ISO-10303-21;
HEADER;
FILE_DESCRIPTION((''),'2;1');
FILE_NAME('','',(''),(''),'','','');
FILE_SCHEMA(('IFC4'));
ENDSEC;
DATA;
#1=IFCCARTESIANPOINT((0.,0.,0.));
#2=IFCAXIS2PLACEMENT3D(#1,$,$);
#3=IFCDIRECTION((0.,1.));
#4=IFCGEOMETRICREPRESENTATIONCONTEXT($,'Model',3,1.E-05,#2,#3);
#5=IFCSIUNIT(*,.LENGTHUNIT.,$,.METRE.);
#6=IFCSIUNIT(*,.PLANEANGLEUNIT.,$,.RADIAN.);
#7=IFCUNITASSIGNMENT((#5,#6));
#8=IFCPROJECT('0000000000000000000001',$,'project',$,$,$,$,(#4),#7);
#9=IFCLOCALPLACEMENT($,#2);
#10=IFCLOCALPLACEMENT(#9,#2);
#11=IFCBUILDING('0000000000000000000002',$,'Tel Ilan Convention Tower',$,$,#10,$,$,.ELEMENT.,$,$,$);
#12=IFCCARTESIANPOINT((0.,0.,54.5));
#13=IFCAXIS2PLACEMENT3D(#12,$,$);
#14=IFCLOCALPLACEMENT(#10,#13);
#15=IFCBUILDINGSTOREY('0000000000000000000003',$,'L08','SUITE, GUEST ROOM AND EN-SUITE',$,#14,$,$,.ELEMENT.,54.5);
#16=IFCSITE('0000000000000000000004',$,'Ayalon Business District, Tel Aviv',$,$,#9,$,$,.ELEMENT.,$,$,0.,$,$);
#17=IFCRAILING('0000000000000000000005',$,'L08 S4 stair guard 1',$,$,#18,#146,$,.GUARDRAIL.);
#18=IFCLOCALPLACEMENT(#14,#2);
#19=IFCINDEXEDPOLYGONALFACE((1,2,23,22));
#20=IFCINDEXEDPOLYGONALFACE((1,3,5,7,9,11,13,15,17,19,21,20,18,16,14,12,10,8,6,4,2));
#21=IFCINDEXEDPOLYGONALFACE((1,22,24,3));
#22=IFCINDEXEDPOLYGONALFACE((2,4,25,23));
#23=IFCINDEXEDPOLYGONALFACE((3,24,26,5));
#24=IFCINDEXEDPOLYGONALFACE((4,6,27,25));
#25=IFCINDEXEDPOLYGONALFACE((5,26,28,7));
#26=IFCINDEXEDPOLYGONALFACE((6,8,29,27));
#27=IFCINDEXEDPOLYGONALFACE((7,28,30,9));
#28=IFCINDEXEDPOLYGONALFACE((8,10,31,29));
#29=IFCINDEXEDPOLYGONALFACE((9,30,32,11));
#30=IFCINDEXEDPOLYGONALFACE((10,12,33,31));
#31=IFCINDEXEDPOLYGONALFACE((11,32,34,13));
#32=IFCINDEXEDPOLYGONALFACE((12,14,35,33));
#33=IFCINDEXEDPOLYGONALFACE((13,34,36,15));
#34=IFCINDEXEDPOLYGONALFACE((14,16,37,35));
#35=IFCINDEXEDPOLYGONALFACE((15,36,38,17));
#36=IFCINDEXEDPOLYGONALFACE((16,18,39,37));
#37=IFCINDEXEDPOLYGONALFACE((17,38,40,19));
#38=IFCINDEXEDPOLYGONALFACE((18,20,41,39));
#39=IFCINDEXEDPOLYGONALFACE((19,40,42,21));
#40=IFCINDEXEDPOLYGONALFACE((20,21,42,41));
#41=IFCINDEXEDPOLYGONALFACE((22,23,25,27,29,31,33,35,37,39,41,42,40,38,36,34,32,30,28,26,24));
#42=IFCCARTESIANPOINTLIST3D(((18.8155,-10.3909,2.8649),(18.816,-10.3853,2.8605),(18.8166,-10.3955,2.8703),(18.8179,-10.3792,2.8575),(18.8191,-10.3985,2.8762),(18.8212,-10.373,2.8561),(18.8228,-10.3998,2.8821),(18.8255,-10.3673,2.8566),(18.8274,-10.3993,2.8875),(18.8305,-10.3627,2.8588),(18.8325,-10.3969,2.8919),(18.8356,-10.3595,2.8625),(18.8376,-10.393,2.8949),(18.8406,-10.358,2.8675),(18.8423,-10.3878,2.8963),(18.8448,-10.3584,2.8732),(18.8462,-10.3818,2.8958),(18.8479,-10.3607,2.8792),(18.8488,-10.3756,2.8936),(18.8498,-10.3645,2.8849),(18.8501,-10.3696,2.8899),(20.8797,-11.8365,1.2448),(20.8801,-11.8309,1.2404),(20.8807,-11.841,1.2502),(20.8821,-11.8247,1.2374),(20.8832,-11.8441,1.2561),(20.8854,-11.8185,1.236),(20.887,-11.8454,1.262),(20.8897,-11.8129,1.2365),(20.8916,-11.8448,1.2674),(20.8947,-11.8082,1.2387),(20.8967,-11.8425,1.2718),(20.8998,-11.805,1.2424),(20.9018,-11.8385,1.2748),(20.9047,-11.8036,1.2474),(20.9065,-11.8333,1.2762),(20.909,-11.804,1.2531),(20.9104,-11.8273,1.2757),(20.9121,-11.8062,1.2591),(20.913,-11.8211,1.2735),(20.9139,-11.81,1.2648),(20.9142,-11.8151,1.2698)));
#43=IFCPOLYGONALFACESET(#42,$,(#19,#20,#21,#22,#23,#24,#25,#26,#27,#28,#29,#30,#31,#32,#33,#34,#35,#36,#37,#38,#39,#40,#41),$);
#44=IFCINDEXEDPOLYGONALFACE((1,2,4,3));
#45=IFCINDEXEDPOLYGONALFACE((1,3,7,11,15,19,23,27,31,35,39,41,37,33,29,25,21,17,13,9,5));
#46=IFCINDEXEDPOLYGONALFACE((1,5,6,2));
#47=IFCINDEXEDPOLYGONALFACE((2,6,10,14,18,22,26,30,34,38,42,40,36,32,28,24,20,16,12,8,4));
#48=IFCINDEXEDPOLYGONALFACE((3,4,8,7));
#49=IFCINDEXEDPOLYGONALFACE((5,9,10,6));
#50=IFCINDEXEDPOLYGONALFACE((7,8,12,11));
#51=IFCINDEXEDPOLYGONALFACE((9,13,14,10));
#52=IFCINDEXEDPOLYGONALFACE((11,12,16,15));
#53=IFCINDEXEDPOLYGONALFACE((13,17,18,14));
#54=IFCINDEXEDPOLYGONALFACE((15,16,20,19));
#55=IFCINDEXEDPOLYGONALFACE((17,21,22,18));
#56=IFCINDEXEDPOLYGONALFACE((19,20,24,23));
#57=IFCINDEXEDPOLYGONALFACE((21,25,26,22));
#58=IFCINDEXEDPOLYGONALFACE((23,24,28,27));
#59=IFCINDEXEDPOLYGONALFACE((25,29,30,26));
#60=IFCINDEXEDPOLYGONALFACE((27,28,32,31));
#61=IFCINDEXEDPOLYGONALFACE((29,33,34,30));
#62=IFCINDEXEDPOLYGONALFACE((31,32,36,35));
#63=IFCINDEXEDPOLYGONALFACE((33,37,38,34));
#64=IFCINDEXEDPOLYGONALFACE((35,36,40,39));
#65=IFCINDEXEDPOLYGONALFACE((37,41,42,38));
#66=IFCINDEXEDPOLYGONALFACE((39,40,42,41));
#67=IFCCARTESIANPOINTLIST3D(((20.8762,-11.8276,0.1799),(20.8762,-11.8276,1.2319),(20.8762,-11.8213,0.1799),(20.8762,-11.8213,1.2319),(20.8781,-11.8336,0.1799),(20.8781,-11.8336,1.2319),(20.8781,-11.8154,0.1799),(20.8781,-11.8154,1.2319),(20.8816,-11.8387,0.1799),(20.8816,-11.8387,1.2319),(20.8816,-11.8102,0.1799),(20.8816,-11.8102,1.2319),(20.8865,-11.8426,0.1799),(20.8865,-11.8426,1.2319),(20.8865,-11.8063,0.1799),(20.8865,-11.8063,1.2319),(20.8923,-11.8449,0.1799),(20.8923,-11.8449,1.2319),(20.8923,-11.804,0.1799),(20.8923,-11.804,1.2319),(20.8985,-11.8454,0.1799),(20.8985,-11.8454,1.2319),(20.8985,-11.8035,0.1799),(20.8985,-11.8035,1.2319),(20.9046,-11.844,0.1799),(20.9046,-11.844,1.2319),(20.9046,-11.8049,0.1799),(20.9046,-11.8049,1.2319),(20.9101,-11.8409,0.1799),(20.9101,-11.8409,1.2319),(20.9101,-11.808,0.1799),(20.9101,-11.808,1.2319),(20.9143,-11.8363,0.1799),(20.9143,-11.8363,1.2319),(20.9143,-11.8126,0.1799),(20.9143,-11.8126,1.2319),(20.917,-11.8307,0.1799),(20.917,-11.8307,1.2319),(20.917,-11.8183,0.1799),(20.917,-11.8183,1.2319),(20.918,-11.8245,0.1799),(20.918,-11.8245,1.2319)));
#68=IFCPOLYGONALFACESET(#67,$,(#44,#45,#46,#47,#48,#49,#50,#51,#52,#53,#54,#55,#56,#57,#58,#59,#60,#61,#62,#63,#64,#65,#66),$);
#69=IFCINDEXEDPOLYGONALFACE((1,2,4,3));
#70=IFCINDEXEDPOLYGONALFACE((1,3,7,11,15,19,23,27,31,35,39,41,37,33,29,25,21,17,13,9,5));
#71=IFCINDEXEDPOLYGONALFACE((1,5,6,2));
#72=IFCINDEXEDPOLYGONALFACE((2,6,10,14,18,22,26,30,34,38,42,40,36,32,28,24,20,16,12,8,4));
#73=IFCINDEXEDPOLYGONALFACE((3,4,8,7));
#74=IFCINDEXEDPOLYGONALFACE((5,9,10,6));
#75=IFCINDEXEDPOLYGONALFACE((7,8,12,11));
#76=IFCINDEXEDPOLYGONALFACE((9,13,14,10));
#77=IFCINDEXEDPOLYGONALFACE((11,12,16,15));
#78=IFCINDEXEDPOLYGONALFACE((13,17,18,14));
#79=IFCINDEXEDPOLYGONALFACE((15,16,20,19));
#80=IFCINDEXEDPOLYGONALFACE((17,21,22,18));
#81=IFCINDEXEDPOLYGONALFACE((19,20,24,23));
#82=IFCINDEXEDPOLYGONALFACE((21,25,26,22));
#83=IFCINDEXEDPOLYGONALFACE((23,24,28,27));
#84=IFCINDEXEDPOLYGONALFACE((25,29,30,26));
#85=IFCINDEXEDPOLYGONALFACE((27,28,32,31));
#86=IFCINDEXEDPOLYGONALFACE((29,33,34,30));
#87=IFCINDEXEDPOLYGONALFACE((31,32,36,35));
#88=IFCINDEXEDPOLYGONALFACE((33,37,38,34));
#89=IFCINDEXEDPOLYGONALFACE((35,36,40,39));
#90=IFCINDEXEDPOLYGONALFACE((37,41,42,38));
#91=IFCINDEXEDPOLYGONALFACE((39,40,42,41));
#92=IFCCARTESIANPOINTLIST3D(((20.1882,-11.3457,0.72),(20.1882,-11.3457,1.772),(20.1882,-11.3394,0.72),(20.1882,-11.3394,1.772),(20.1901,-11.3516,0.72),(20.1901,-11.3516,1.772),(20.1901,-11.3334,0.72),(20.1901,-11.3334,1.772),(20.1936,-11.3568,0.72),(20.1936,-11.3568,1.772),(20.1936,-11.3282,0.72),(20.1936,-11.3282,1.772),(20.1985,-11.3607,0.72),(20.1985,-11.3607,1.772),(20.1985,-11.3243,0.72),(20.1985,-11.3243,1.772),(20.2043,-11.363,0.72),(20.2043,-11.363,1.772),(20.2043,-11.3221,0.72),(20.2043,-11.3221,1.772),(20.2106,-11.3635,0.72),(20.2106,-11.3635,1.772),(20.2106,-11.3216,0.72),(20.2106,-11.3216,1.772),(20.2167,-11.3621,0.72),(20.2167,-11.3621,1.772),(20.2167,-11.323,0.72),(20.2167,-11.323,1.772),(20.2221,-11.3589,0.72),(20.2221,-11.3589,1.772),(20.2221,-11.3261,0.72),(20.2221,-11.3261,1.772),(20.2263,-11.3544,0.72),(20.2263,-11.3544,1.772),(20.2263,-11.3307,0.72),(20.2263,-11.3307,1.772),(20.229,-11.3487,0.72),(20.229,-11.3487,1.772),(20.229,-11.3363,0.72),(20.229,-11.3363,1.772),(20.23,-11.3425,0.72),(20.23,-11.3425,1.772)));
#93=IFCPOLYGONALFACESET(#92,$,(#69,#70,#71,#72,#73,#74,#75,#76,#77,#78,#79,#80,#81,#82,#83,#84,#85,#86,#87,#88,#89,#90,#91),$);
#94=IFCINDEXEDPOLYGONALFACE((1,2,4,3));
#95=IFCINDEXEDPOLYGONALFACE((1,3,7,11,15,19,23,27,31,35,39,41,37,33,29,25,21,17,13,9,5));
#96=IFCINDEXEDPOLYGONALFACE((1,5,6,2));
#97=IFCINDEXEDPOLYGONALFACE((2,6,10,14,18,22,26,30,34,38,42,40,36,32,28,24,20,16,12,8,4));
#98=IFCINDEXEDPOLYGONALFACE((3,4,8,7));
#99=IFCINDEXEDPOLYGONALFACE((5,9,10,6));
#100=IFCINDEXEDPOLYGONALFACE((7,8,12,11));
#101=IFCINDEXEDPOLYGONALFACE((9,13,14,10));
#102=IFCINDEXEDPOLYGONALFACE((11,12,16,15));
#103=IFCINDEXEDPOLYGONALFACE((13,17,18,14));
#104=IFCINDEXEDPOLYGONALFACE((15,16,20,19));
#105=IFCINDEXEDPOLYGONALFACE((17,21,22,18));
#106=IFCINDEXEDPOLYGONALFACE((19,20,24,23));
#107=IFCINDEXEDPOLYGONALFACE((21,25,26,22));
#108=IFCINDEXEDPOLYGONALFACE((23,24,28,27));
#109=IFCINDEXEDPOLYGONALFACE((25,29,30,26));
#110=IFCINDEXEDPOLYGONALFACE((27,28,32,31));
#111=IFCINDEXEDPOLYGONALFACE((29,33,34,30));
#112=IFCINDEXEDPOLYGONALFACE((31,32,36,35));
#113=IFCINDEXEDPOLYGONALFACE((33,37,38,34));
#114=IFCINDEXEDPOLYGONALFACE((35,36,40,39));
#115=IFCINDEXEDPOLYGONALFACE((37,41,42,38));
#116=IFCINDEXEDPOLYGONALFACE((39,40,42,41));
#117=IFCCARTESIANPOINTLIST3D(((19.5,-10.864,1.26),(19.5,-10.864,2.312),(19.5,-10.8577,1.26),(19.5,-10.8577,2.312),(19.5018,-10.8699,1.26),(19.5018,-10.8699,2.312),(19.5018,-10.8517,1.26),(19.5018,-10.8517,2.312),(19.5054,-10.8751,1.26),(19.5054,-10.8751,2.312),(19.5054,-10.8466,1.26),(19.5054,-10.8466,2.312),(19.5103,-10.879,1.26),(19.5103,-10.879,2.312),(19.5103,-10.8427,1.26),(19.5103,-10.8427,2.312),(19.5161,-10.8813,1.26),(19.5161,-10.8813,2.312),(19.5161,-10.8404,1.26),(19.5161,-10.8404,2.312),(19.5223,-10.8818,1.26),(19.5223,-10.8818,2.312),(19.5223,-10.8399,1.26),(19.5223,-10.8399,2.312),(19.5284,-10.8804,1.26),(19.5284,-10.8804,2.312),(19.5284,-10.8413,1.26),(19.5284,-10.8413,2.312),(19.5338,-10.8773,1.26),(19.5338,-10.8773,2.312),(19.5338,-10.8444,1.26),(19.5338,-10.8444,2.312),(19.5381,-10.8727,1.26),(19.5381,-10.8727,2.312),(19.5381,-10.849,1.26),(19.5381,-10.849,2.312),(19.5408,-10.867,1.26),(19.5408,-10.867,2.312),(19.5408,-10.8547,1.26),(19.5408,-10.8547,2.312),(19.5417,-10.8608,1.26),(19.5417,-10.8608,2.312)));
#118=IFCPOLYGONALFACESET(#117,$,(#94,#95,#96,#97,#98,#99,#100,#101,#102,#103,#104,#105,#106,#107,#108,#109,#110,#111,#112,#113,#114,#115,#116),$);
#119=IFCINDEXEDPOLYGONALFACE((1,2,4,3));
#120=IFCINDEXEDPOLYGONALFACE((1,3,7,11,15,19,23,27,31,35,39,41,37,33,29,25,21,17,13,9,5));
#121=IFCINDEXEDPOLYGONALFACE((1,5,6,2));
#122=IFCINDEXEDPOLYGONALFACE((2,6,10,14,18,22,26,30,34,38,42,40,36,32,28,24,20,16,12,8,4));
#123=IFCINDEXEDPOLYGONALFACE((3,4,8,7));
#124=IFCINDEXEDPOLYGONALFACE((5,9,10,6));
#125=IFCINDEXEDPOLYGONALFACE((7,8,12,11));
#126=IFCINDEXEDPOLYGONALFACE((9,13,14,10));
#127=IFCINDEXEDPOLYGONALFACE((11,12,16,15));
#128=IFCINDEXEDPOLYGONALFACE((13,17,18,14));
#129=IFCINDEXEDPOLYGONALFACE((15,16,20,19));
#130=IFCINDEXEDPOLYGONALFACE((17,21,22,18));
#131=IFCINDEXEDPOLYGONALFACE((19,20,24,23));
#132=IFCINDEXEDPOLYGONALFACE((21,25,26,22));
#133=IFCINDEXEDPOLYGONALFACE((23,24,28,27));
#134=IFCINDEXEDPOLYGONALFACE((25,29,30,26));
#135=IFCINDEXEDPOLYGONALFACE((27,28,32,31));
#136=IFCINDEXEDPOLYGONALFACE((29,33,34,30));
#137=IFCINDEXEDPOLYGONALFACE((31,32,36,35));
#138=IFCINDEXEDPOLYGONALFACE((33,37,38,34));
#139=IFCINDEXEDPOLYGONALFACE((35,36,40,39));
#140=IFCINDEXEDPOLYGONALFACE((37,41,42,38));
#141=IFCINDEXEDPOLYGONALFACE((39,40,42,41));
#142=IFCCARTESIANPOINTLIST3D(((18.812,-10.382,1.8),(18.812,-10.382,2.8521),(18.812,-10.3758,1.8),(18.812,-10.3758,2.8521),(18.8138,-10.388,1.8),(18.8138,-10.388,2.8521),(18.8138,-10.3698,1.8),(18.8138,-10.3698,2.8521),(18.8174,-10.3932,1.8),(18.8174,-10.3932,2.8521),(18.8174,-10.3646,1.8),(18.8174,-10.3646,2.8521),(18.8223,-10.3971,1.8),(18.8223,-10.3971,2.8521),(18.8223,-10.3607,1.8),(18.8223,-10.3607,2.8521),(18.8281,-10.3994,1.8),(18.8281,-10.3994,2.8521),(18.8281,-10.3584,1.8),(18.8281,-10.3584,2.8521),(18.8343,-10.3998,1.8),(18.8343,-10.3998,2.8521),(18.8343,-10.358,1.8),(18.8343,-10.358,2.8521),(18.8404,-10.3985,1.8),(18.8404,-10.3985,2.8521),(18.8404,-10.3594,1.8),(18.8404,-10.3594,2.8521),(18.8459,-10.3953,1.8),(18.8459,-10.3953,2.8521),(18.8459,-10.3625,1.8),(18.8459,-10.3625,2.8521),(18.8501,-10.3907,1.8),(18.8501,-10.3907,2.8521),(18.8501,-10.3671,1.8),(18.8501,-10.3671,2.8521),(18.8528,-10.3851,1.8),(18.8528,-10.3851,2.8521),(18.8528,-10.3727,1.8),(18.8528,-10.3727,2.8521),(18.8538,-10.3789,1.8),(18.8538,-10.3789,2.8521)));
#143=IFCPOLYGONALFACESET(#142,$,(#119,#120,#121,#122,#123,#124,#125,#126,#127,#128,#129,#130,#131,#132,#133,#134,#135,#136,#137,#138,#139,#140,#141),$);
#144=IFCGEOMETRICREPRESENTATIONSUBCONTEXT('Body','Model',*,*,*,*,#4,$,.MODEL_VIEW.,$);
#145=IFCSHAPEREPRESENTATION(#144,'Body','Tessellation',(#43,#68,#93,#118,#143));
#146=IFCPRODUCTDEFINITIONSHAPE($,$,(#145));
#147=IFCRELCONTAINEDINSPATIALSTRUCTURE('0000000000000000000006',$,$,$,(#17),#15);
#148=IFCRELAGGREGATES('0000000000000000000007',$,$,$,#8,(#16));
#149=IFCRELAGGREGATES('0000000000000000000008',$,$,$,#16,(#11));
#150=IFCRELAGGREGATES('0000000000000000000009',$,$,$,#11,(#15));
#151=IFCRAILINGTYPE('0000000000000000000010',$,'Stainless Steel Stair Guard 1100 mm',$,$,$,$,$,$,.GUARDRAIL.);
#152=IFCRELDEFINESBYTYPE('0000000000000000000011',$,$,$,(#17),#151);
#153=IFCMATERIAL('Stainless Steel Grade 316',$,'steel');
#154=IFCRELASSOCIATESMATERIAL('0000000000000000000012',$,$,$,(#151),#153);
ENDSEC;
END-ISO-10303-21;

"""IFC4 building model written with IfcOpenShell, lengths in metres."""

from ifc_helpers import new_model, si_unit, direction, frame, origin, origin_2d, place, context, subcontext, project, spatial, circle, extrude, material, type_object, element, save


model = new_model("IFC4")

# Units and contexts
model_context = context("Model", 3, precision=1e-05, world=origin(), true_north=direction((0.0, 1.0)))
body_context = subcontext(model_context, "Body", "Model", "MODEL_VIEW")
ifc_project = project(units=[si_unit("LENGTHUNIT", "METRE"), si_unit("PLANEANGLEUNIT", "RADIAN")], contexts=[model_context])

# Site, building, storey
site_placement = place(None, origin())
site = spatial("IfcSite", under=ifc_project, at=site_placement, Name="Ayalon Business District, Tel Aviv", CompositionType="ELEMENT", RefElevation=0.0)
building_placement = place(site_placement, origin())
building = spatial("IfcBuilding", under=site, at=building_placement, Name="Tel Ilan Convention Tower", CompositionType="ELEMENT")
storey_placement = place(building_placement, frame((0.0, 0.0, 54.5)))
storey = spatial("IfcBuildingStorey", under=building, at=storey_placement, Name="L08", Description="SUITE, GUEST ROOM AND EN-SUITE", CompositionType="ELEMENT", Elevation=54.5)

# Railing
ifc_material_1 = material(Name="Stainless Steel Grade 316", Category="steel")
railing_type_1 = type_object("IfcRailingType", Name="Stainless Steel Stair Guard 1100 mm", PredefinedType="GUARDRAIL", material=ifc_material_1)
railing_1_placement = place(storey_placement, frame((20.897, -11.8245, 0.1799)))
element("IfcRailing", 1, at=railing_1_placement, inside=storey, type_object=railing_type_1, Name="L08 S4 stair guard 1", PredefinedType="GUARDRAIL", context=body_context, shape_type="SweptSolid", body=[
    extrude(circle(Radius=0.0239, at=origin_2d()), frame((0.0, 0.0, 1.0762), z_axis=(-0.689013, 0.482513, 0.540779), x_axis=(-0.573625, -0.819118, 0.0)), (0.0, 0.0, 1.0), 2.9958),
    extrude(circle(Radius=0.021, at=origin_2d()), origin(), (0.0, 0.0, 1.0), 1.052),
    extrude(circle(Radius=0.021, at=origin_2d()), frame((-0.688, 0.4819, 0.54)), (0.0, 0.0, 1.0), 1.052),
    extrude(circle(Radius=0.021, at=origin_2d()), frame((-1.3762, 0.9636, 1.0801)), (0.0, 0.0, 1.0), 1.052),
    extrude(circle(Radius=0.021, at=origin_2d()), frame((-2.0642, 1.4456, 1.6201)), (0.0, 0.0, 1.0), 1.052),
])

save(model, "model.ifc")
